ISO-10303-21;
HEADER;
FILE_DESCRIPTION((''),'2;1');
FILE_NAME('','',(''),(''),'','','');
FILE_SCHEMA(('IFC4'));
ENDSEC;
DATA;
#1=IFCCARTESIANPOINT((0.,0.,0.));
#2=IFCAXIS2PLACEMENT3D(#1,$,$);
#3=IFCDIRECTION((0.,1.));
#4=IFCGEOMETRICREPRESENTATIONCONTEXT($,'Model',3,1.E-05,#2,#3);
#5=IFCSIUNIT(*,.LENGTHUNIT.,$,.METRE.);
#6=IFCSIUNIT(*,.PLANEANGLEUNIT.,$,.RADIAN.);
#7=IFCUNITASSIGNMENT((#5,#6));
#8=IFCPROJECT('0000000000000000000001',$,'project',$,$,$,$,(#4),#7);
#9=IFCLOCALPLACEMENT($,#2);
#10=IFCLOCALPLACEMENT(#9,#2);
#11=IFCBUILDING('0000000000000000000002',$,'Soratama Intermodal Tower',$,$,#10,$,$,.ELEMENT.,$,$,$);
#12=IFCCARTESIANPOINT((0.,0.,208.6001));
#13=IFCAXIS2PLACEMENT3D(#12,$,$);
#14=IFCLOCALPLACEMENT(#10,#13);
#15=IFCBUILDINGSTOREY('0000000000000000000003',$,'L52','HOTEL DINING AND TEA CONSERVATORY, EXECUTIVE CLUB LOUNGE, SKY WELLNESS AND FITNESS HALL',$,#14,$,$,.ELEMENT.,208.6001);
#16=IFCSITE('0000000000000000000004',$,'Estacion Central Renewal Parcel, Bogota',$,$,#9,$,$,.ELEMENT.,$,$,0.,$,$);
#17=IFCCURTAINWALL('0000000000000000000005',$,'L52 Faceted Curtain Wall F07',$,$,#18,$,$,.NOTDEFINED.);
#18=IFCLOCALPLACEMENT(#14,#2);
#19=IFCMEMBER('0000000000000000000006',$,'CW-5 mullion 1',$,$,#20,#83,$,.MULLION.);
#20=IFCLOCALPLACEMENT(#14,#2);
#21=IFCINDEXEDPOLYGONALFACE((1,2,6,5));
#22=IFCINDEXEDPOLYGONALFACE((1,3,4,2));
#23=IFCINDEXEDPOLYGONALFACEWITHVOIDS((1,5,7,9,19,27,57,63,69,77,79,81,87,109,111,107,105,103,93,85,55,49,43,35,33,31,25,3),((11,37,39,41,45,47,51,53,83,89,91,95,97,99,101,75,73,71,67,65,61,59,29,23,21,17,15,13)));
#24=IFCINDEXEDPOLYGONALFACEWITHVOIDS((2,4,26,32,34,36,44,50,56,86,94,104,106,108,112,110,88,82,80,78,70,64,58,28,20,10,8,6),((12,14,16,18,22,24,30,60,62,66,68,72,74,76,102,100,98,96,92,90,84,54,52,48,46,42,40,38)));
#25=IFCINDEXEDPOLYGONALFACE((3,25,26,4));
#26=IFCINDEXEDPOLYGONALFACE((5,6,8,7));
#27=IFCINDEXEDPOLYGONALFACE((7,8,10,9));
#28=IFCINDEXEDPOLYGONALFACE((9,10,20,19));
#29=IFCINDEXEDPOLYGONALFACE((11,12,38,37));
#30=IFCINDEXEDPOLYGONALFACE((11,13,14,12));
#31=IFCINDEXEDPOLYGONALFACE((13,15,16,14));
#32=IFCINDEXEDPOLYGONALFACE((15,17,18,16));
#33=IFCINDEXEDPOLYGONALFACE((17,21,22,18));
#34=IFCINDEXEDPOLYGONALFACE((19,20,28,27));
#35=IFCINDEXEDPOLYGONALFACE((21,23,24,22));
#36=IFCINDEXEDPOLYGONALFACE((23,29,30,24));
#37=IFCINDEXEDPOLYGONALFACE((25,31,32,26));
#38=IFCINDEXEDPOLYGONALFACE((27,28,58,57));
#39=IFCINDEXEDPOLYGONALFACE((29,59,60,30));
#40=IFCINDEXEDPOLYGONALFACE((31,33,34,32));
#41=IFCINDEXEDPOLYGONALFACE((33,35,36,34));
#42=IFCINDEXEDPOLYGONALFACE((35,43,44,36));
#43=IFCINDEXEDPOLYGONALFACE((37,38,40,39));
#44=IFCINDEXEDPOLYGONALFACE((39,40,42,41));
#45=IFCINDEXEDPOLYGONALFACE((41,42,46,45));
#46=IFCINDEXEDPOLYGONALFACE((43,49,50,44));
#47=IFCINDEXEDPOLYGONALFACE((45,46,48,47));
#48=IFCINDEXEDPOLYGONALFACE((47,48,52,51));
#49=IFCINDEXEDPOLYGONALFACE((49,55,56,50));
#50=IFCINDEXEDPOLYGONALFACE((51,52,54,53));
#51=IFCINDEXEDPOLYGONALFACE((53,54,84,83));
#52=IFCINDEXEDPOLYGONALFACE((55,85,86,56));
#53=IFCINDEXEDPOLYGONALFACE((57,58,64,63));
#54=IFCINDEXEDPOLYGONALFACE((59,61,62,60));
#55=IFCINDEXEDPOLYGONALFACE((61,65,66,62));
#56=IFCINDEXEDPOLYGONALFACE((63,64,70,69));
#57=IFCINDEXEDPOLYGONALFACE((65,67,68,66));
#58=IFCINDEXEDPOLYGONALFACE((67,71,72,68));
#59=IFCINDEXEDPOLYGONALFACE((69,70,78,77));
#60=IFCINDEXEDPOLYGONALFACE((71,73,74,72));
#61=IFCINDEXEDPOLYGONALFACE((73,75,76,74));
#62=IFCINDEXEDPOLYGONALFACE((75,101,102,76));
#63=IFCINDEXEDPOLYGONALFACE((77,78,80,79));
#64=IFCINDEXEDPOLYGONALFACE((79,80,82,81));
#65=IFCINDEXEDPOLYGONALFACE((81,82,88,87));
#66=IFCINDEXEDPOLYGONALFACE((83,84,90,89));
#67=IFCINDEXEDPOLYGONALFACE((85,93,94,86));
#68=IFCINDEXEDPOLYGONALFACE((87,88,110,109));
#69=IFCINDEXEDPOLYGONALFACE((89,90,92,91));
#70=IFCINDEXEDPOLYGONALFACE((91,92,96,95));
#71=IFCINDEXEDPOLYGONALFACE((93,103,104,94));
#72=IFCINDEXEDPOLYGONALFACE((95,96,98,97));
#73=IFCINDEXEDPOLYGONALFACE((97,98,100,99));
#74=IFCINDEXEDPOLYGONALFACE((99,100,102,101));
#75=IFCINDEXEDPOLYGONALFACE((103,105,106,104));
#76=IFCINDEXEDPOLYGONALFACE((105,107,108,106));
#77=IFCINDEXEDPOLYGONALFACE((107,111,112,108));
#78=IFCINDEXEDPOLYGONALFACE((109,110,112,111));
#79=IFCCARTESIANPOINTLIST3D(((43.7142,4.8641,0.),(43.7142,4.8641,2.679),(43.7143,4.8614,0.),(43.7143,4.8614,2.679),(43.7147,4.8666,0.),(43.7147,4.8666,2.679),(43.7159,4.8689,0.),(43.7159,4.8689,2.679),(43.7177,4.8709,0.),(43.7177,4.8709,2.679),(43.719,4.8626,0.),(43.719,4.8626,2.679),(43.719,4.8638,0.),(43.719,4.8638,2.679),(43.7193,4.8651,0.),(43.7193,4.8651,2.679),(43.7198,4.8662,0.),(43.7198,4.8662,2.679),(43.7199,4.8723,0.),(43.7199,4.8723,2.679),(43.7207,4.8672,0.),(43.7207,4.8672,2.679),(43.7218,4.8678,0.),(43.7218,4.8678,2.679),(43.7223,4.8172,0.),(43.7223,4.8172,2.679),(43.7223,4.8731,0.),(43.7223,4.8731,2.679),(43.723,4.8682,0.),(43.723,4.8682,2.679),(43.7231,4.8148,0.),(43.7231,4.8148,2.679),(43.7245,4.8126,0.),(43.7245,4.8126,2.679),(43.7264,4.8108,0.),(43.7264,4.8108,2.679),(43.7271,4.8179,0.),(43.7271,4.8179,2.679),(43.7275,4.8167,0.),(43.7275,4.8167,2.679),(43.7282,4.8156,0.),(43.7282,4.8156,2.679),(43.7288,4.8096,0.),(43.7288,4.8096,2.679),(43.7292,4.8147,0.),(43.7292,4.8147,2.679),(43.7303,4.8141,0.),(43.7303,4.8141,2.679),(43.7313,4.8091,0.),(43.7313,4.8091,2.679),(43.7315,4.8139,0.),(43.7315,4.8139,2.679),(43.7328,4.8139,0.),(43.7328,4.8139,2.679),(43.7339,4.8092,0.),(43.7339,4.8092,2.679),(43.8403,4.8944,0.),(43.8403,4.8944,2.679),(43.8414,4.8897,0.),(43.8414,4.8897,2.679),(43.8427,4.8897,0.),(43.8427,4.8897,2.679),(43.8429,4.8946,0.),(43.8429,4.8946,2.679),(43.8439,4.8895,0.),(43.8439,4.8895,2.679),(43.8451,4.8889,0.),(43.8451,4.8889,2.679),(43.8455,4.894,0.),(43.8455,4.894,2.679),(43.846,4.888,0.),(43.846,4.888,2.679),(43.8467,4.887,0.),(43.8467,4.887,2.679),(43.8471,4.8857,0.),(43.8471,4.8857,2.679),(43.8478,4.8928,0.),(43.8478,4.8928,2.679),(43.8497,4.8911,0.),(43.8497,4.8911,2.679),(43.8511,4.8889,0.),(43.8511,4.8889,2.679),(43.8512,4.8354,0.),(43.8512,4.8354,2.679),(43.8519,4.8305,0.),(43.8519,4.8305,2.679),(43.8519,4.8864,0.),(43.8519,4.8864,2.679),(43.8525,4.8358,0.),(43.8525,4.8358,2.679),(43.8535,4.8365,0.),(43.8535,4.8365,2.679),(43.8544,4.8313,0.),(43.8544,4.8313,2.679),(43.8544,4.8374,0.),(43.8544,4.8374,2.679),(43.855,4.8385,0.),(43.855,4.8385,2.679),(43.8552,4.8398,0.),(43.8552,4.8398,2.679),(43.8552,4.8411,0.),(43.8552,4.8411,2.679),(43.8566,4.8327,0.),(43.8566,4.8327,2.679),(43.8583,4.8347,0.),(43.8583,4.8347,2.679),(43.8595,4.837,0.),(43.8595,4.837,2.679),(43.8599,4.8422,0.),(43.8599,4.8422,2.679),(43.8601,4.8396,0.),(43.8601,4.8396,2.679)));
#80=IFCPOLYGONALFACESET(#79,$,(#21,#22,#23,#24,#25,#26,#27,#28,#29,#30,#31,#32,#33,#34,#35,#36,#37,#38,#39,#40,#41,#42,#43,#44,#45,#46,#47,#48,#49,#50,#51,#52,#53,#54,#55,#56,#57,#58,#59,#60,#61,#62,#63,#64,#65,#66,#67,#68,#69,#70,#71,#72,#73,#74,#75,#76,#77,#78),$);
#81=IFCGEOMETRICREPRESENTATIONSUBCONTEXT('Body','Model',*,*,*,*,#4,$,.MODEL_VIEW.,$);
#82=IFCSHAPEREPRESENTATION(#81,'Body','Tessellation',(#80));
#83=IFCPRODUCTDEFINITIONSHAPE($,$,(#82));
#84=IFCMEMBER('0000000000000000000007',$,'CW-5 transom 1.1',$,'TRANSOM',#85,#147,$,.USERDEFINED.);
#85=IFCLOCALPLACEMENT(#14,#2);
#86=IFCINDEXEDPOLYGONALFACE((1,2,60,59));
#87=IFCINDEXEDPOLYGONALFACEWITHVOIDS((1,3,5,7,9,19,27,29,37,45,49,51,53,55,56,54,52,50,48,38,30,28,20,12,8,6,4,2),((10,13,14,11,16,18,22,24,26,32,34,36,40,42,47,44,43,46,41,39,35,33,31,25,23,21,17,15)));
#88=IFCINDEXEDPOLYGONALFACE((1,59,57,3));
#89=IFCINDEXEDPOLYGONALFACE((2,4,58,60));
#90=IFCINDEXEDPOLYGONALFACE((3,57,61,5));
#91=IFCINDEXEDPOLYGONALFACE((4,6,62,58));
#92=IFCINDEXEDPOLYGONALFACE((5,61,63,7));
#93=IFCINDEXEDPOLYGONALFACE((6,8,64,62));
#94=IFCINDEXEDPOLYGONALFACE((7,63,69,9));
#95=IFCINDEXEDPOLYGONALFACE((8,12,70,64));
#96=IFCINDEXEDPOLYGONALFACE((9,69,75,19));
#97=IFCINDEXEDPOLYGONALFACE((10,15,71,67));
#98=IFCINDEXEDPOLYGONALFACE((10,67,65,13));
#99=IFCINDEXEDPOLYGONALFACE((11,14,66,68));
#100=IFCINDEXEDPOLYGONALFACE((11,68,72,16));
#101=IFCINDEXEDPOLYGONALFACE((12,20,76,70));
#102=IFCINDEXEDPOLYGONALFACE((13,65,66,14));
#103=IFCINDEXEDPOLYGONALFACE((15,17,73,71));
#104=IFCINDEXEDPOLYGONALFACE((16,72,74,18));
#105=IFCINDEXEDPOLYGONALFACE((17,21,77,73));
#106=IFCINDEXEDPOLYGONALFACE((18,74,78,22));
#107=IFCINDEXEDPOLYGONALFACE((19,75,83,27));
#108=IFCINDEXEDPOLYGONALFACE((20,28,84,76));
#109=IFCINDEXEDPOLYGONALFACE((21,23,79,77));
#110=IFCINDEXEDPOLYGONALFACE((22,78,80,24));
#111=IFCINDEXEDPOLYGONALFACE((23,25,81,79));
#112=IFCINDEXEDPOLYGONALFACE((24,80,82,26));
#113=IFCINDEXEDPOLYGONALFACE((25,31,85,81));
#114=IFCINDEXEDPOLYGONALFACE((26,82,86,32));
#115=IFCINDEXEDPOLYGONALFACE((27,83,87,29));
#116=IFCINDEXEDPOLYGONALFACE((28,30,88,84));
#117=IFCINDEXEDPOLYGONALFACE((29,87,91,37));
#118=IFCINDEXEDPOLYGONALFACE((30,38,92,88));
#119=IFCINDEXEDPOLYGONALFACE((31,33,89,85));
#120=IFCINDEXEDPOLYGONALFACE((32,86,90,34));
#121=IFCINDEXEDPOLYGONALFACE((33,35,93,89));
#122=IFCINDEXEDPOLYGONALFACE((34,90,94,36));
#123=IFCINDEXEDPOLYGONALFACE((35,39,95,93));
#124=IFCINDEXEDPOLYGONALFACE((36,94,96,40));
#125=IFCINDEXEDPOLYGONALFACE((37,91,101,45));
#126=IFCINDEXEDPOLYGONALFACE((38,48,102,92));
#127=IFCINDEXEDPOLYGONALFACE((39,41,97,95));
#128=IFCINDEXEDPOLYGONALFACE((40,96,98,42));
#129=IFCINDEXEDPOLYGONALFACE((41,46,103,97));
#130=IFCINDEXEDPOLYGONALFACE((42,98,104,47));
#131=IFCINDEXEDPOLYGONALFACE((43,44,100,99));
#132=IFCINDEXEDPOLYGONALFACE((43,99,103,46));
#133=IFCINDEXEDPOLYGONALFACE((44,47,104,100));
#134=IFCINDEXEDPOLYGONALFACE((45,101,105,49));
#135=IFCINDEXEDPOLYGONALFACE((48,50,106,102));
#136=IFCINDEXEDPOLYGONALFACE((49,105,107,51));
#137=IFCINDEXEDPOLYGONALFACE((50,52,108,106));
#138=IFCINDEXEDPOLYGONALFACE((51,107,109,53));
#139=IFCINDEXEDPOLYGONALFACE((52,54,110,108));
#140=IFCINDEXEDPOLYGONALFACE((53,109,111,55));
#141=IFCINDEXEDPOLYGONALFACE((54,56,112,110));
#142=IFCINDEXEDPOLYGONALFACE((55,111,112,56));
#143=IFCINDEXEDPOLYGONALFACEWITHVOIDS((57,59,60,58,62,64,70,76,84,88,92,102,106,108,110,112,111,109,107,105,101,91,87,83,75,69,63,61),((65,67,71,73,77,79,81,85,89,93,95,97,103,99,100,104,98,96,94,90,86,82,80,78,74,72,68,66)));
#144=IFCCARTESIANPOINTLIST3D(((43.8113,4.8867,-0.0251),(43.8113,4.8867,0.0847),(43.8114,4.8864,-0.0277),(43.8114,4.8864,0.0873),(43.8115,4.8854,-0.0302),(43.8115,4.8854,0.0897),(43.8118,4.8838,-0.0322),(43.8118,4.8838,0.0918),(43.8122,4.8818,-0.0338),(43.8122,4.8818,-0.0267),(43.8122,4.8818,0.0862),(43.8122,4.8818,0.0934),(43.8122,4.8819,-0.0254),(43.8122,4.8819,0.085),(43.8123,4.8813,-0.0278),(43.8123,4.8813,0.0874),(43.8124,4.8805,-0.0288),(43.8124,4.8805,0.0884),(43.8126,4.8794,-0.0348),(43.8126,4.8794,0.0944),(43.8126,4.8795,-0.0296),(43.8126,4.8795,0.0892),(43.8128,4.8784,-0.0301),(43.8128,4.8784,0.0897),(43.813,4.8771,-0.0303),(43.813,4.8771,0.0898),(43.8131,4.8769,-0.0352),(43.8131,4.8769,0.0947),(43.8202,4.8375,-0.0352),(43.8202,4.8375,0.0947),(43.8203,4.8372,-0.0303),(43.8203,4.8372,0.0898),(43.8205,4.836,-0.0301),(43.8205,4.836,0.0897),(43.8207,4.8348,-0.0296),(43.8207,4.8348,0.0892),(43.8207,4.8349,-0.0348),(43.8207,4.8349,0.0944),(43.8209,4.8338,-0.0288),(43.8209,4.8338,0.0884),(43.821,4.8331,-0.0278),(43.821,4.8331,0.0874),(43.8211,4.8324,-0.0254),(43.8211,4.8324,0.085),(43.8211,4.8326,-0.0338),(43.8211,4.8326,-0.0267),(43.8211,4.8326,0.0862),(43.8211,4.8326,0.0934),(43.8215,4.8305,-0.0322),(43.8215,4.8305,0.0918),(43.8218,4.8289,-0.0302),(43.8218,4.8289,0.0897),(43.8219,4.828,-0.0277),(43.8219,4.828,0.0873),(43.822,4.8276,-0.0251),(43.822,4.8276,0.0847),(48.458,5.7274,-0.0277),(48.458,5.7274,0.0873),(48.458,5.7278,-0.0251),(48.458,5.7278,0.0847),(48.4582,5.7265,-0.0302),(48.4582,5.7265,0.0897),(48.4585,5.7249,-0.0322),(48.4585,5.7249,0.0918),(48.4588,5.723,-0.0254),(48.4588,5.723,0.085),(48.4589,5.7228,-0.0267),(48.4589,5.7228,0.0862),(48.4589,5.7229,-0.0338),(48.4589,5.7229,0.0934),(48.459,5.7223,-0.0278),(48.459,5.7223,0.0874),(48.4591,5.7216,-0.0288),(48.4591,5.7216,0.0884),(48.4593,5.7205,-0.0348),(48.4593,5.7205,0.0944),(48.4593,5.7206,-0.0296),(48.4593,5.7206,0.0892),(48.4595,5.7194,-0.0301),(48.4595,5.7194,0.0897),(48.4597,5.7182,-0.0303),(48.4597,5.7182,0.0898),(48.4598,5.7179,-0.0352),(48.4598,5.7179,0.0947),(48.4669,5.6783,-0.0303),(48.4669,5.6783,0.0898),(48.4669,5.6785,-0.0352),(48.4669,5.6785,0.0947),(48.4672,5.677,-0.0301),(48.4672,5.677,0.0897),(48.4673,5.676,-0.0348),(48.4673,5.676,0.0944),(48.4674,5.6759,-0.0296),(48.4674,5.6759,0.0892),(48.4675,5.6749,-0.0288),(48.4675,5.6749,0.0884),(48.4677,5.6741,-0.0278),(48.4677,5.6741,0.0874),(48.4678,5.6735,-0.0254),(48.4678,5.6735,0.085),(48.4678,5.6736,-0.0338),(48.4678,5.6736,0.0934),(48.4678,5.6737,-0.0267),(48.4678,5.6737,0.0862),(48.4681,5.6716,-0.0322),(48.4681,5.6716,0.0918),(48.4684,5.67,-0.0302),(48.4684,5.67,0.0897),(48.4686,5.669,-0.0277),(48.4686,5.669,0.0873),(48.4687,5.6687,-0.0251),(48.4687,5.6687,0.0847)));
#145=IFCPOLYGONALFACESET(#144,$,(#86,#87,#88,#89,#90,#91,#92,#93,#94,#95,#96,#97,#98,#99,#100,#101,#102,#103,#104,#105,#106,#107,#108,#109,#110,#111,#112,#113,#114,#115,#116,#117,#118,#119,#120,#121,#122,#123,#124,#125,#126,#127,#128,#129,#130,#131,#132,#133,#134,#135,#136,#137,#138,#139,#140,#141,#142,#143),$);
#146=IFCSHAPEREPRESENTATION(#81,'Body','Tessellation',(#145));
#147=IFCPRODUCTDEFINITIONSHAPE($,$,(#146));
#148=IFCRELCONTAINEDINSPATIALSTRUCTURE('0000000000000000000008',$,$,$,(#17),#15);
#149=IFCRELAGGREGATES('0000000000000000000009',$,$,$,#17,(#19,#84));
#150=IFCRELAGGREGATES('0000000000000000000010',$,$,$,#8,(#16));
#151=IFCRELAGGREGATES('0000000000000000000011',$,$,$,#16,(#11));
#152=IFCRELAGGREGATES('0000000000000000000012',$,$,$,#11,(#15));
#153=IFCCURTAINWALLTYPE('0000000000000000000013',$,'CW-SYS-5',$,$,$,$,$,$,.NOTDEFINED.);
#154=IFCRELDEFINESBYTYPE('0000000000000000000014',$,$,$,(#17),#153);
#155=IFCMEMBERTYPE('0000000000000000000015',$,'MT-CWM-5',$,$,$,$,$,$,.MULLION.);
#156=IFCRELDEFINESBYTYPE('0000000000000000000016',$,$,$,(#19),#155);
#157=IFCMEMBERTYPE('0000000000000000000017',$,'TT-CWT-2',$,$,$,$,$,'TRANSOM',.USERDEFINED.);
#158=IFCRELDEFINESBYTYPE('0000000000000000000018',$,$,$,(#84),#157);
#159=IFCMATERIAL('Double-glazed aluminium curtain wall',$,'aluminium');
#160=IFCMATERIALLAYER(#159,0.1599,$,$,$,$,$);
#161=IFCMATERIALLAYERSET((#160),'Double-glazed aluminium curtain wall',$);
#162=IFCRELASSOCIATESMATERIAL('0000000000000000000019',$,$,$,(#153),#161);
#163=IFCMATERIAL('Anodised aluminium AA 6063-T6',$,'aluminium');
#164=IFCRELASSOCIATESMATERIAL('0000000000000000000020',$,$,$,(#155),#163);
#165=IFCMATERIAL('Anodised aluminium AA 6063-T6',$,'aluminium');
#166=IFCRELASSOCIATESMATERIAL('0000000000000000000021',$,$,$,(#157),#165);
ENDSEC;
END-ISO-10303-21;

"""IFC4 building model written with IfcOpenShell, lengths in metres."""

from ifc_helpers import new_model, si_unit, direction, frame, origin, origin_2d, place, context, subcontext, project, spatial, hollow_rectangle, extrude, material, layer, layer_set, material_profile, profile_set, type_object, element, aggregate, save


model = new_model("IFC4")

# Units and contexts
model_context = context("Model", 3, precision=1e-05, world=origin(), true_north=direction((0.0, 1.0)))
body_context = subcontext(model_context, "Body", "Model", "MODEL_VIEW")
ifc_project = project(units=[si_unit("LENGTHUNIT", "METRE"), si_unit("PLANEANGLEUNIT", "RADIAN")], contexts=[model_context])

# Site, building, storey
site_placement = place(None, origin())
site = spatial("IfcSite", under=ifc_project, at=site_placement, Name="Estacion Central Renewal Parcel, Bogota", CompositionType="ELEMENT", RefElevation=0.0)
building_placement = place(site_placement, origin())
building = spatial("IfcBuilding", under=site, at=building_placement, Name="Soratama Intermodal Tower", CompositionType="ELEMENT")
storey_placement = place(building_placement, frame((0.0, 0.0, 208.6001)))
storey = spatial("IfcBuildingStorey", under=building, at=storey_placement, Name="L52", Description="HOTEL DINING AND TEA CONSERVATORY, EXECUTIVE CLUB LOUNGE, SKY WELLNESS AND FITNESS HALL", CompositionType="ELEMENT", Elevation=208.6001)

# Shared definitions
ifc_material_1 = material(Name="Double-glazed aluminium curtain wall", Category="aluminium")
ifc_layer_1 = layer(ifc_material_1, 0.1599)
ifc_layer_set_1 = layer_set([ifc_layer_1], Name="Double-glazed aluminium curtain wall")
curtain_wall_type = type_object("IfcCurtainWallType", Name="CW-SYS-5", PredefinedType="NOTDEFINED", material=ifc_layer_set_1)
ifc_material_2 = material(Name="Anodised aluminium AA 6063-T6", Category="aluminium")
ifc_material_profile_1 = material_profile(ifc_material_2, hollow_rectangle(XDim=0.0649, YDim=0.1399, WallThickness=0.0049, InnerFilletRadius=0.0049, OuterFilletRadius=0.01, at=origin_2d()), Name="CWM140X65X5")
ifc_profile_set_1 = profile_set([ifc_material_profile_1], Name="Anodised aluminium AA 6063-T6")
member_type_1 = type_object("IfcMemberType", Name="MT-CWM-5", PredefinedType="MULLION", material=ifc_profile_set_1)

# Curtain wall, members
curtain_wall_1_placement = place(storey_placement, origin())
curtain_wall_1 = element("IfcCurtainWall", 1, at=curtain_wall_1_placement, inside=storey, type_object=curtain_wall_type, Name="L52 Faceted Curtain Wall F07", PredefinedType="NOTDEFINED")
member_1_placement = place(storey_placement, frame((43.7871, 4.8518, 0.0), z_axis=(0.0, 0.0, 1.0), x_axis=(-0.178115, 0.98401, 0.0)))
member_1 = element("IfcMember", 2, at=member_1_placement, type_object=member_type_1, Name="CW-5 mullion 1", PredefinedType="MULLION", context=body_context, shape_type="SweptSolid", body=[
    extrude(hollow_rectangle(XDim=0.0649, YDim=0.1399, WallThickness=0.0049, InnerFilletRadius=0.0049, OuterFilletRadius=0.01, at=origin_2d()), origin(), (0.0, 0.0, 1.0), 2.679),
])
ifc_material_3 = material(Name="Anodised aluminium AA 6063-T6", Category="aluminium")
ifc_material_profile_2 = material_profile(ifc_material_3, hollow_rectangle(XDim=0.0601, YDim=0.1299, WallThickness=0.0049, InnerFilletRadius=0.0049, OuterFilletRadius=0.01, at=origin_2d()), Name="CWT130X60X5")
ifc_profile_set_2 = profile_set([ifc_material_profile_2], Name="Anodised aluminium AA 6063-T6")
member_type_2 = type_object("IfcMemberType", Name="TT-CWT-2", ElementType="TRANSOM", PredefinedType="USERDEFINED", material=ifc_profile_set_2)
member_2_placement = place(storey_placement, frame((43.8167, 4.8572, 0.0298), z_axis=(0.984011, 0.178107, 0.0), x_axis=(-0.178107, 0.984011, 0.0)))
member_2 = element("IfcMember", 3, at=member_2_placement, type_object=member_type_2, Name="CW-5 transom 1.1", ObjectType="TRANSOM", PredefinedType="USERDEFINED", context=body_context, shape_type="SweptSolid", body=[
    extrude(hollow_rectangle(XDim=0.0601, YDim=0.1299, WallThickness=0.0049, InnerFilletRadius=0.0049, OuterFilletRadius=0.01, at=origin_2d()), origin(), (0.0, 0.0, 1.0), 4.7222),
])
aggregate(curtain_wall_1, [member_1, member_2])

save(model, "model.ifc")
